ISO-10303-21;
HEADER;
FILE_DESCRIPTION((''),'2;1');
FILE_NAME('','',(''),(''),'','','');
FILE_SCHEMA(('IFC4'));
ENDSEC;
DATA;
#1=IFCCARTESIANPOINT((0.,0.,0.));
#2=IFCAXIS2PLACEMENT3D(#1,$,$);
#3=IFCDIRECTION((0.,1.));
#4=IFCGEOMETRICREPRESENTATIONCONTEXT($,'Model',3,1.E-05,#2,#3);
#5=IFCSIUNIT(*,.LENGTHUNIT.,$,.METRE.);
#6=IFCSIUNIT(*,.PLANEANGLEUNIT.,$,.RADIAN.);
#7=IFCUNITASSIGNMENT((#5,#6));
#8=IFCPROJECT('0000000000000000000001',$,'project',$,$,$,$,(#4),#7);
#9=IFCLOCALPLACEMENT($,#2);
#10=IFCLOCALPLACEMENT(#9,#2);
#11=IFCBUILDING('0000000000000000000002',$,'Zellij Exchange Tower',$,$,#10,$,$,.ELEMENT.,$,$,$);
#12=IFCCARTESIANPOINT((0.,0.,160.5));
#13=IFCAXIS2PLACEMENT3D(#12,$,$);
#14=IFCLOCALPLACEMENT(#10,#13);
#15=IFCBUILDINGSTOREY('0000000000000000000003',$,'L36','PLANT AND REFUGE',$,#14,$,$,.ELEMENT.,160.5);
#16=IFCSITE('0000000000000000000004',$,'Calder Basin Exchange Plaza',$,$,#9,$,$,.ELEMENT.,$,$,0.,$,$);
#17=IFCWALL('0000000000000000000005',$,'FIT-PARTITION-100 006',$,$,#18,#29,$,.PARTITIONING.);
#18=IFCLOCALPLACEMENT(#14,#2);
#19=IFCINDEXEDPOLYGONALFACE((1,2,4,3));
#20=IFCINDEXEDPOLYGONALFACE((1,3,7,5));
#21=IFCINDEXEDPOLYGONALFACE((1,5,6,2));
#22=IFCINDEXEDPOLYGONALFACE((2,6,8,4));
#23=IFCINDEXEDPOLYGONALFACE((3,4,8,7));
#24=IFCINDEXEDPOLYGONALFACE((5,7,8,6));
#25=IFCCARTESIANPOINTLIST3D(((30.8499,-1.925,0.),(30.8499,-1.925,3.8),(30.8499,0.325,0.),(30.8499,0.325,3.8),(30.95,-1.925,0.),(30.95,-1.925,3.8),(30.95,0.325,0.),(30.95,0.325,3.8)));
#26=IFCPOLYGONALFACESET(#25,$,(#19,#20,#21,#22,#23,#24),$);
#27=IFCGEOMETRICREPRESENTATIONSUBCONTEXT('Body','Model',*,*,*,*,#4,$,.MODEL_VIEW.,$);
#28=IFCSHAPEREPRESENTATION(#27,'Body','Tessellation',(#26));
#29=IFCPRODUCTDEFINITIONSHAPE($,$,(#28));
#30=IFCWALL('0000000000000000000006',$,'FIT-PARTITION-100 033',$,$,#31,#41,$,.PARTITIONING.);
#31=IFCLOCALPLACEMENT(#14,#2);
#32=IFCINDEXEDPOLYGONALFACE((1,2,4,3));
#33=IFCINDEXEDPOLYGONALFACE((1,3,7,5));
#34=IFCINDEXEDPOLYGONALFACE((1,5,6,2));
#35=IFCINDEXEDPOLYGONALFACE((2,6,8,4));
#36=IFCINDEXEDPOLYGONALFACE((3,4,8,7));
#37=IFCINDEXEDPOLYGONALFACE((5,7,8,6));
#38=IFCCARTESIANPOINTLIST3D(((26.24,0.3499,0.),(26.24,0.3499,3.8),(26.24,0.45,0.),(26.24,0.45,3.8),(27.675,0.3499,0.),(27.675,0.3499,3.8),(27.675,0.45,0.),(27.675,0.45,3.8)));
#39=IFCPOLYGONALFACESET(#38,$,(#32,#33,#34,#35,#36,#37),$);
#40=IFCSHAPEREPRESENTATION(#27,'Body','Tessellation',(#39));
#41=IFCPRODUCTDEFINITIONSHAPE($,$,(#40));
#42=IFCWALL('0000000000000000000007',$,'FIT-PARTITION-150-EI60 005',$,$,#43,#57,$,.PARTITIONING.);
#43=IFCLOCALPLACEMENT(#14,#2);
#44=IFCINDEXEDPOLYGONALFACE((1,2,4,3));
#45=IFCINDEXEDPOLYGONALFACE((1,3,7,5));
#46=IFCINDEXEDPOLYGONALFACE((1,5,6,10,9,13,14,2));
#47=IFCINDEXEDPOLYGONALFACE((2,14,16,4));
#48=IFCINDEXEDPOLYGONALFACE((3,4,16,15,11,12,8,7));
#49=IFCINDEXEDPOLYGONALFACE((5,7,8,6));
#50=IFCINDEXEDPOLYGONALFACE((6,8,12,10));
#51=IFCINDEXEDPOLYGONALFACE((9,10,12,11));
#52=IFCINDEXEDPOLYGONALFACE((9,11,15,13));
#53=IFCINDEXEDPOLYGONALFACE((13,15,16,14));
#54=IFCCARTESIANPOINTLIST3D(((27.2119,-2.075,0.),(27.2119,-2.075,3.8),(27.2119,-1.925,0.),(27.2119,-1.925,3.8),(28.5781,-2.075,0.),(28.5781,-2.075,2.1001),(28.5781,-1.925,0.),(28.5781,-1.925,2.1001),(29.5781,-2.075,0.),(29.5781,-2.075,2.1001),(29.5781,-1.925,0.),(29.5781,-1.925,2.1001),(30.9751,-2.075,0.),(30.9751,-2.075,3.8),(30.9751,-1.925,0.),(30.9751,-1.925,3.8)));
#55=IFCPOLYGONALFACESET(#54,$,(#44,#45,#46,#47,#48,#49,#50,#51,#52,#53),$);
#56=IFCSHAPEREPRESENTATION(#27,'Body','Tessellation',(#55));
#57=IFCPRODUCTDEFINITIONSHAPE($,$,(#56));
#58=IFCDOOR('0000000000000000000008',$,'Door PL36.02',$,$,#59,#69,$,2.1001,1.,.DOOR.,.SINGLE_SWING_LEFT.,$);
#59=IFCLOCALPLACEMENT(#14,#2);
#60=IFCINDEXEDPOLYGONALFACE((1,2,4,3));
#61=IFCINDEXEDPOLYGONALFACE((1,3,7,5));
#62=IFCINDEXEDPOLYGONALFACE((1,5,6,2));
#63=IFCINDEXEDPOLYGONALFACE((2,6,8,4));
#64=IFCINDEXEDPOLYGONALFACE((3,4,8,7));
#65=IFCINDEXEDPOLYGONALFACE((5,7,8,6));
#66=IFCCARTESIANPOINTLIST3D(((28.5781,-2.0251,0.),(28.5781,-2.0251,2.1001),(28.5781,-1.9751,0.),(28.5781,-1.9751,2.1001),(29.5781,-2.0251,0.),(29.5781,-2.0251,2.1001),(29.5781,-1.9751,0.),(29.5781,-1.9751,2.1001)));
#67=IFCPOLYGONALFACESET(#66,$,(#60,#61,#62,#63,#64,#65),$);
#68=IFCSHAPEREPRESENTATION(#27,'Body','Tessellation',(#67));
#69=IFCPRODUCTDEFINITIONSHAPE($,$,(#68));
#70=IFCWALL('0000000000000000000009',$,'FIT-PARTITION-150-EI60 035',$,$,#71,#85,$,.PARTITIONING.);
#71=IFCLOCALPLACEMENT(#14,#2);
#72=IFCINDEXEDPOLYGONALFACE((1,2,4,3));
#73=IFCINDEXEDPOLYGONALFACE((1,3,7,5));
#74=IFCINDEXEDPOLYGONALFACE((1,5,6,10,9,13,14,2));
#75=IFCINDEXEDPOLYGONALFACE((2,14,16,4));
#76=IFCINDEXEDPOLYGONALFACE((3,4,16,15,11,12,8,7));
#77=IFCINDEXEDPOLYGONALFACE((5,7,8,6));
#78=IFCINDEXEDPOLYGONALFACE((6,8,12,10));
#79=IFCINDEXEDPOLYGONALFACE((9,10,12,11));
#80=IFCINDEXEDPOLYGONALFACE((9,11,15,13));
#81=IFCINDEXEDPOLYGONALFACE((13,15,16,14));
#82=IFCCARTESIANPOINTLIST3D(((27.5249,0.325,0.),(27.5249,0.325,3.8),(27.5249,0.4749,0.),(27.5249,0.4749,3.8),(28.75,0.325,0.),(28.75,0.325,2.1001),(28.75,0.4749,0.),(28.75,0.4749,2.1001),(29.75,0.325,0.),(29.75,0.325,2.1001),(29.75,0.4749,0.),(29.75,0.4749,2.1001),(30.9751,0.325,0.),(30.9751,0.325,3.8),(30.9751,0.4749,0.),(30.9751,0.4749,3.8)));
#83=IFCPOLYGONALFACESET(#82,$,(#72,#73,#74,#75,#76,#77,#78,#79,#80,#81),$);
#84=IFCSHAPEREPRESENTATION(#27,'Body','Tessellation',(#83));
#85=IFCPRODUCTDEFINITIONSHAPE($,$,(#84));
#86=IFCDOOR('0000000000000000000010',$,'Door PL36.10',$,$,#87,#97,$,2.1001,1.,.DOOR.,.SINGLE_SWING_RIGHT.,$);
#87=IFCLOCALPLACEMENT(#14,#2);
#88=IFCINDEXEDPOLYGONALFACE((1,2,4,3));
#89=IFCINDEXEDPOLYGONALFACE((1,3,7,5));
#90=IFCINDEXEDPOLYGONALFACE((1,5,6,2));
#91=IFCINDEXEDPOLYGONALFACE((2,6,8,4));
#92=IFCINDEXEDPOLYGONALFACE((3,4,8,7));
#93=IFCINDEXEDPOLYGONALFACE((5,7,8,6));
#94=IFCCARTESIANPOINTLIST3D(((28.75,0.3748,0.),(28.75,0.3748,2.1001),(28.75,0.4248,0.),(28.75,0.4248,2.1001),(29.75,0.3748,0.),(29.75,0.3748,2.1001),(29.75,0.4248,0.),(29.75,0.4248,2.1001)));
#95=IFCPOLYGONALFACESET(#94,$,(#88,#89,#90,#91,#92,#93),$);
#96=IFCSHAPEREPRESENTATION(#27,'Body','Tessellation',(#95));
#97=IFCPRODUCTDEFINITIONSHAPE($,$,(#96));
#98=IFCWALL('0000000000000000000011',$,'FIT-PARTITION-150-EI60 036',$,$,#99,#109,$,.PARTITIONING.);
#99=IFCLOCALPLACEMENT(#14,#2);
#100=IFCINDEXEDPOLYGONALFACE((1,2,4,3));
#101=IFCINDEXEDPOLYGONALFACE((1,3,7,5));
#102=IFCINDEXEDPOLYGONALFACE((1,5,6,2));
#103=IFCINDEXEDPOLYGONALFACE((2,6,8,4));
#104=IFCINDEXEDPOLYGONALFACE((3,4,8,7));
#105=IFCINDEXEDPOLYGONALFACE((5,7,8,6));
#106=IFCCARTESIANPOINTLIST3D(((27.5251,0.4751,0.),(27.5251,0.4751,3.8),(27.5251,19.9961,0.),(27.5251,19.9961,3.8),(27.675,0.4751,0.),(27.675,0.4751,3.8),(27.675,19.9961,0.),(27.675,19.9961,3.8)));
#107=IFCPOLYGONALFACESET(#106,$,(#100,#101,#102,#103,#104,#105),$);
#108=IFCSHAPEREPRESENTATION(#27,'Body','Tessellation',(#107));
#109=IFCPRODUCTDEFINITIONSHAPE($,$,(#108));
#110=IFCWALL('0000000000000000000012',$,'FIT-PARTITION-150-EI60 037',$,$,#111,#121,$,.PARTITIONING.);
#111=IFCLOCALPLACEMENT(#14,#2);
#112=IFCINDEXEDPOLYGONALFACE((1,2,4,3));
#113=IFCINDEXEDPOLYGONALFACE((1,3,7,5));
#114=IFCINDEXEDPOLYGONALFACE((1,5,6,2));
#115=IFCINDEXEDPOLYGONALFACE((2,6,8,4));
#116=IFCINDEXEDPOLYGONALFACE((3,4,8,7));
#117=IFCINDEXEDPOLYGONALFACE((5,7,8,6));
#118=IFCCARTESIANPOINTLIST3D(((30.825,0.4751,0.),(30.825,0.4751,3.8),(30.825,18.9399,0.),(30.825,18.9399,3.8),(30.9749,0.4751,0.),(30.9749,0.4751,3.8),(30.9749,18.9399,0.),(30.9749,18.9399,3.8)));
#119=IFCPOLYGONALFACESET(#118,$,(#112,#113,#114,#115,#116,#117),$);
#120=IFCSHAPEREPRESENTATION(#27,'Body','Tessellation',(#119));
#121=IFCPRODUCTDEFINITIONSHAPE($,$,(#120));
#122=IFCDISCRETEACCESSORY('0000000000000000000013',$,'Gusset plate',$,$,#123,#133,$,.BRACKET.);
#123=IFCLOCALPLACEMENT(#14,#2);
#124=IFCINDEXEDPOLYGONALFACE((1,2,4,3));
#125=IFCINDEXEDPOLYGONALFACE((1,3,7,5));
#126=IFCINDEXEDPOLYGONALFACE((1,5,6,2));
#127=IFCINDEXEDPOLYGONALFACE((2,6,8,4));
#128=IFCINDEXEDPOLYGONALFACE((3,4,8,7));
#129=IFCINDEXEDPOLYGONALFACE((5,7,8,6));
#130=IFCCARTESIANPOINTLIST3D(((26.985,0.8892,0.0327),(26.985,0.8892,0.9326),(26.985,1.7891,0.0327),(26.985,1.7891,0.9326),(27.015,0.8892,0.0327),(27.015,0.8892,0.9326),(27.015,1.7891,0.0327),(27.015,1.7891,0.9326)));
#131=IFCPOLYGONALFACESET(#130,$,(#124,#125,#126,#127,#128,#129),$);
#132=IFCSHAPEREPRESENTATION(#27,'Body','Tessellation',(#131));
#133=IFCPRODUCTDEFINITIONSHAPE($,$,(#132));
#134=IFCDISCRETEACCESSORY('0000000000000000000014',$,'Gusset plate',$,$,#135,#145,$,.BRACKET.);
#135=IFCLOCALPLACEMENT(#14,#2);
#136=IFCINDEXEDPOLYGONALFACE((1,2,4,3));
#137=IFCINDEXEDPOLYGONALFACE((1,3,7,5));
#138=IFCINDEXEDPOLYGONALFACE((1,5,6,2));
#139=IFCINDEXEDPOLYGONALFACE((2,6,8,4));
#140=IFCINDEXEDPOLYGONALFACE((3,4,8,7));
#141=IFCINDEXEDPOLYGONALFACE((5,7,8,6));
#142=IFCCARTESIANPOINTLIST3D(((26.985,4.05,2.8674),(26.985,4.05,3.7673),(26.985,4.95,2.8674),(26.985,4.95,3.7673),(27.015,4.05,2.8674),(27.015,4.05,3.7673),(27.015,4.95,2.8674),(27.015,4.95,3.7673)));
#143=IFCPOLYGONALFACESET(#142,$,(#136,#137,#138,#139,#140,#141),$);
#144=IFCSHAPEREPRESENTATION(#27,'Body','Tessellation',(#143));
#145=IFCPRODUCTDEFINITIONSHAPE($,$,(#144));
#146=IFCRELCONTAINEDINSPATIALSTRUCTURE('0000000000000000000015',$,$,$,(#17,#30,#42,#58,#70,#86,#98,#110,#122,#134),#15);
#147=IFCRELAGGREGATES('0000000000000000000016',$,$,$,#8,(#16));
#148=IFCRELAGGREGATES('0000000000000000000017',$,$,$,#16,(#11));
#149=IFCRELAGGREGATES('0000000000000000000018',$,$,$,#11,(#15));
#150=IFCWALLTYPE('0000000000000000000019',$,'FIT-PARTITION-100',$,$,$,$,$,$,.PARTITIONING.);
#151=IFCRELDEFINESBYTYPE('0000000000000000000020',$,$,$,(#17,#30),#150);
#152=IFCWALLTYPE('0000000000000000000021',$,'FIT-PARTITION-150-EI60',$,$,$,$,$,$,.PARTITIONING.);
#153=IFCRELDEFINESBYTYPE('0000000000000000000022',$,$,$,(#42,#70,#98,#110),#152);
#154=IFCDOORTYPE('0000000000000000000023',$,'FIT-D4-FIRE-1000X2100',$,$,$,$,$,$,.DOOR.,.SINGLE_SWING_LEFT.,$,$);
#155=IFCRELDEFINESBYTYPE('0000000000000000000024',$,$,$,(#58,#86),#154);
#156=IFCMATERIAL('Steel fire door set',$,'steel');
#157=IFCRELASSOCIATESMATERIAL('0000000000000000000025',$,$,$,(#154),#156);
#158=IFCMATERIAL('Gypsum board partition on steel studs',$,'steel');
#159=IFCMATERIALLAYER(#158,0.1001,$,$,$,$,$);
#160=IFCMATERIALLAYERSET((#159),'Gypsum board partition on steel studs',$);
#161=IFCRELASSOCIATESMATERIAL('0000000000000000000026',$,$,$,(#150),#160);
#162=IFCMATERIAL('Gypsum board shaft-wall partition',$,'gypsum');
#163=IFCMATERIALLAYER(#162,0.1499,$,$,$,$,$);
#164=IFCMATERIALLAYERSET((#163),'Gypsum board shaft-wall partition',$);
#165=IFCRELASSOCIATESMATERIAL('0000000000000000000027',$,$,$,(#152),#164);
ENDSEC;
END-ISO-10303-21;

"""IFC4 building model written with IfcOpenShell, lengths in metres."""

from ifc_helpers import new_model, si_unit, direction, frame, frame_2d, origin, origin_2d, place, context, subcontext, project, spatial, rectangle, extrude, material, layer, layer_set, type_object, element, fill, save


model = new_model("IFC4")

# Units and contexts
model_context = context("Model", 3, precision=1e-05, world=origin(), true_north=direction((0.0, 1.0)))
body_context = subcontext(model_context, "Body", "Model", "MODEL_VIEW")
ifc_project = project(units=[si_unit("LENGTHUNIT", "METRE"), si_unit("PLANEANGLEUNIT", "RADIAN")], contexts=[model_context])

# Site, building, storey
site_placement = place(None, origin())
site = spatial("IfcSite", under=ifc_project, at=site_placement, Name="Calder Basin Exchange Plaza", CompositionType="ELEMENT", RefElevation=0.0)
building_placement = place(site_placement, origin())
building = spatial("IfcBuilding", under=site, at=building_placement, Name="Zellij Exchange Tower", CompositionType="ELEMENT")
storey_placement = place(building_placement, frame((0.0, 0.0, 160.5)))
storey = spatial("IfcBuildingStorey", under=building, at=storey_placement, Name="L36", Description="PLANT AND REFUGE", CompositionType="ELEMENT", Elevation=160.5)

# Shared definitions
ifc_material_1 = material(Name="Steel fire door set", Category="steel")
door_type = type_object("IfcDoorType", Name="FIT-D4-FIRE-1000X2100", OperationType="SINGLE_SWING_LEFT", PredefinedType="DOOR", material=ifc_material_1)

# Walls
ifc_material_2 = material(Name="Gypsum board partition on steel studs", Category="steel")
ifc_layer_1 = layer(ifc_material_2, 0.1001)
ifc_layer_set_1 = layer_set([ifc_layer_1], Name="Gypsum board partition on steel studs")
wall_type_1 = type_object("IfcWallType", Name="FIT-PARTITION-100", PredefinedType="PARTITIONING", material=ifc_layer_set_1)
wall_1_placement = place(storey_placement, frame((30.8999, -1.925, 0.0), z_axis=(0.0, 0.0, 1.0), x_axis=(0.0, 1.0, 0.0)))
element("IfcWall", 1, at=wall_1_placement, inside=storey, type_object=wall_type_1, Name="FIT-PARTITION-100 006", PredefinedType="PARTITIONING", context=body_context, shape_type="SweptSolid", body=[
    extrude(rectangle(XDim=2.25, YDim=0.1001, at=frame_2d((1.125, 0.0))), origin(), (0.0, 0.0, 1.0), 3.8),
])
wall_2_placement = place(storey_placement, frame((26.24, 0.3999, 0.0), z_axis=(0.0, 0.0, 1.0), x_axis=(1.0, 0.0, 0.0)))
element("IfcWall", 2, at=wall_2_placement, inside=storey, type_object=wall_type_1, Name="FIT-PARTITION-100 033", PredefinedType="PARTITIONING", context=body_context, shape_type="SweptSolid", body=[
    extrude(rectangle(XDim=1.4351, YDim=0.1001, at=frame_2d((0.7175, 0.0))), origin(), (0.0, 0.0, 1.0), 3.8),
])

# Walls, openings, doors
ifc_material_3 = material(Name="Gypsum board shaft-wall partition", Category="gypsum")
ifc_layer_2 = layer(ifc_material_3, 0.1499)
ifc_layer_set_2 = layer_set([ifc_layer_2], Name="Gypsum board shaft-wall partition")
wall_type_2 = type_object("IfcWallType", Name="FIT-PARTITION-150-EI60", PredefinedType="PARTITIONING", material=ifc_layer_set_2)
wall_3_placement = place(storey_placement, frame((27.2119, -2.0, 0.0), z_axis=(0.0, 0.0, 1.0), x_axis=(1.0, 0.0, 0.0)))
wall_3 = element("IfcWall", 3, at=wall_3_placement, inside=storey, type_object=wall_type_2, Name="FIT-PARTITION-150-EI60 005", PredefinedType="PARTITIONING", context=body_context, shape_type="SweptSolid", body=[
    extrude(rectangle(XDim=3.7632, YDim=0.1499, at=frame_2d((1.8816, 0.0))), origin(), (0.0, 0.0, 1.0), 3.8),
])
opening_1_placement = place(wall_3_placement, frame((1.3662, 0.0, 0.0)))
opening_1 = element("IfcOpeningElement", 4, at=opening_1_placement, cuts=wall_3, PredefinedType="OPENING", context=body_context, shape_type="SweptSolid", body=[
    extrude(rectangle(XDim=1.0, YDim=2.1001, at=frame_2d((0.5, 1.05))), frame((0.0, 0.0869, 0.0), z_axis=(0.0, -1.0, 0.0), x_axis=(1.0, 0.0, 0.0)), (0.0, 0.0, 1.0), 0.1738),
])
door_1_placement = place(opening_1_placement, origin())
door_1 = element("IfcDoor", 5, at=door_1_placement, inside=storey, type_object=door_type, Name="Door PL36.02", OperationType="SINGLE_SWING_LEFT", OverallHeight=2.1001, OverallWidth=1.0, PredefinedType="DOOR", context=body_context, shape_type="SweptSolid", body=[
    extrude(rectangle(XDim=1.0, YDim=2.1001, at=frame_2d((0.5, 1.05))), frame((0.0, 0.0249, 0.0), z_axis=(0.0, -1.0, 0.0), x_axis=(1.0, 0.0, 0.0)), (0.0, 0.0, 1.0), 0.05),
])
fill(opening_1, door_1)
wall_4_placement = place(storey_placement, frame((27.5249, 0.3999, 0.0), z_axis=(0.0, 0.0, 1.0), x_axis=(1.0, 0.0, 0.0)))
wall_4 = element("IfcWall", 6, at=wall_4_placement, inside=storey, type_object=wall_type_2, Name="FIT-PARTITION-150-EI60 035", PredefinedType="PARTITIONING", context=body_context, shape_type="SweptSolid", body=[
    extrude(rectangle(XDim=3.4502, YDim=0.1499, at=frame_2d((1.7251, 0.0))), origin(), (0.0, 0.0, 1.0), 3.8),
])
opening_2_placement = place(wall_4_placement, frame((1.2251, 0.0, 0.0)))
opening_2 = element("IfcOpeningElement", 7, at=opening_2_placement, cuts=wall_4, PredefinedType="OPENING", context=body_context, shape_type="SweptSolid", body=[
    extrude(rectangle(XDim=1.0, YDim=2.1001, at=frame_2d((0.5, 1.05))), frame((0.0, 0.0869, 0.0), z_axis=(0.0, -1.0, 0.0), x_axis=(1.0, 0.0, 0.0)), (0.0, 0.0, 1.0), 0.1738),
])
door_2_placement = place(opening_2_placement, origin())
door_2 = element("IfcDoor", 8, at=door_2_placement, inside=storey, type_object=door_type, Name="Door PL36.10", OperationType="SINGLE_SWING_RIGHT", OverallHeight=2.1001, OverallWidth=1.0, PredefinedType="DOOR", context=body_context, shape_type="SweptSolid", body=[
    extrude(rectangle(XDim=1.0, YDim=2.1001, at=frame_2d((0.5, 1.05))), frame((0.0, 0.0249, 0.0), z_axis=(0.0, -1.0, 0.0), x_axis=(1.0, 0.0, 0.0)), (0.0, 0.0, 1.0), 0.05),
])
fill(opening_2, door_2)

# Walls
wall_5_placement = place(storey_placement, frame((27.6001, 0.4751, 0.0), z_axis=(0.0, 0.0, 1.0), x_axis=(0.0, 1.0, 0.0)))
element("IfcWall", 9, at=wall_5_placement, inside=storey, type_object=wall_type_2, Name="FIT-PARTITION-150-EI60 036", PredefinedType="PARTITIONING", context=body_context, shape_type="SweptSolid", body=[
    extrude(rectangle(XDim=19.521, YDim=0.1499, at=frame_2d((9.7605, 0.0))), origin(), (0.0, 0.0, 1.0), 3.8),
])
wall_6_placement = place(storey_placement, frame((30.8999, 0.4751, 0.0), z_axis=(0.0, 0.0, 1.0), x_axis=(0.0, 1.0, 0.0)))
element("IfcWall", 10, at=wall_6_placement, inside=storey, type_object=wall_type_2, Name="FIT-PARTITION-150-EI60 037", PredefinedType="PARTITIONING", context=body_context, shape_type="SweptSolid", body=[
    extrude(rectangle(XDim=18.4648, YDim=0.1499, at=frame_2d((9.2324, 0.0))), origin(), (0.0, 0.0, 1.0), 3.8),
])

# Discrete accessories
for number, where, z_axis, x_axis, name in (
    (11, (27.0, 1.3391, 0.0327), (0.0, 0.0, 1.0), (0.0, 1.0, 0.0), "Gusset plate"),
    (12, (27.0, 4.5, 2.8674), (0.0, 0.0, 1.0), (0.0, 1.0, 0.0), "Gusset plate"),
):
    element("IfcDiscreteAccessory", number, at=place(storey_placement, frame(where, z_axis=z_axis, x_axis=x_axis)), inside=storey, Name=name, PredefinedType="BRACKET", context=body_context, shape_type="SweptSolid", body=[
        extrude(rectangle(XDim=0.8999, YDim=0.03, at=origin_2d()), origin(), (0.0, 0.0, 1.0), 0.8999),
    ])

save(model, "model.ifc")
